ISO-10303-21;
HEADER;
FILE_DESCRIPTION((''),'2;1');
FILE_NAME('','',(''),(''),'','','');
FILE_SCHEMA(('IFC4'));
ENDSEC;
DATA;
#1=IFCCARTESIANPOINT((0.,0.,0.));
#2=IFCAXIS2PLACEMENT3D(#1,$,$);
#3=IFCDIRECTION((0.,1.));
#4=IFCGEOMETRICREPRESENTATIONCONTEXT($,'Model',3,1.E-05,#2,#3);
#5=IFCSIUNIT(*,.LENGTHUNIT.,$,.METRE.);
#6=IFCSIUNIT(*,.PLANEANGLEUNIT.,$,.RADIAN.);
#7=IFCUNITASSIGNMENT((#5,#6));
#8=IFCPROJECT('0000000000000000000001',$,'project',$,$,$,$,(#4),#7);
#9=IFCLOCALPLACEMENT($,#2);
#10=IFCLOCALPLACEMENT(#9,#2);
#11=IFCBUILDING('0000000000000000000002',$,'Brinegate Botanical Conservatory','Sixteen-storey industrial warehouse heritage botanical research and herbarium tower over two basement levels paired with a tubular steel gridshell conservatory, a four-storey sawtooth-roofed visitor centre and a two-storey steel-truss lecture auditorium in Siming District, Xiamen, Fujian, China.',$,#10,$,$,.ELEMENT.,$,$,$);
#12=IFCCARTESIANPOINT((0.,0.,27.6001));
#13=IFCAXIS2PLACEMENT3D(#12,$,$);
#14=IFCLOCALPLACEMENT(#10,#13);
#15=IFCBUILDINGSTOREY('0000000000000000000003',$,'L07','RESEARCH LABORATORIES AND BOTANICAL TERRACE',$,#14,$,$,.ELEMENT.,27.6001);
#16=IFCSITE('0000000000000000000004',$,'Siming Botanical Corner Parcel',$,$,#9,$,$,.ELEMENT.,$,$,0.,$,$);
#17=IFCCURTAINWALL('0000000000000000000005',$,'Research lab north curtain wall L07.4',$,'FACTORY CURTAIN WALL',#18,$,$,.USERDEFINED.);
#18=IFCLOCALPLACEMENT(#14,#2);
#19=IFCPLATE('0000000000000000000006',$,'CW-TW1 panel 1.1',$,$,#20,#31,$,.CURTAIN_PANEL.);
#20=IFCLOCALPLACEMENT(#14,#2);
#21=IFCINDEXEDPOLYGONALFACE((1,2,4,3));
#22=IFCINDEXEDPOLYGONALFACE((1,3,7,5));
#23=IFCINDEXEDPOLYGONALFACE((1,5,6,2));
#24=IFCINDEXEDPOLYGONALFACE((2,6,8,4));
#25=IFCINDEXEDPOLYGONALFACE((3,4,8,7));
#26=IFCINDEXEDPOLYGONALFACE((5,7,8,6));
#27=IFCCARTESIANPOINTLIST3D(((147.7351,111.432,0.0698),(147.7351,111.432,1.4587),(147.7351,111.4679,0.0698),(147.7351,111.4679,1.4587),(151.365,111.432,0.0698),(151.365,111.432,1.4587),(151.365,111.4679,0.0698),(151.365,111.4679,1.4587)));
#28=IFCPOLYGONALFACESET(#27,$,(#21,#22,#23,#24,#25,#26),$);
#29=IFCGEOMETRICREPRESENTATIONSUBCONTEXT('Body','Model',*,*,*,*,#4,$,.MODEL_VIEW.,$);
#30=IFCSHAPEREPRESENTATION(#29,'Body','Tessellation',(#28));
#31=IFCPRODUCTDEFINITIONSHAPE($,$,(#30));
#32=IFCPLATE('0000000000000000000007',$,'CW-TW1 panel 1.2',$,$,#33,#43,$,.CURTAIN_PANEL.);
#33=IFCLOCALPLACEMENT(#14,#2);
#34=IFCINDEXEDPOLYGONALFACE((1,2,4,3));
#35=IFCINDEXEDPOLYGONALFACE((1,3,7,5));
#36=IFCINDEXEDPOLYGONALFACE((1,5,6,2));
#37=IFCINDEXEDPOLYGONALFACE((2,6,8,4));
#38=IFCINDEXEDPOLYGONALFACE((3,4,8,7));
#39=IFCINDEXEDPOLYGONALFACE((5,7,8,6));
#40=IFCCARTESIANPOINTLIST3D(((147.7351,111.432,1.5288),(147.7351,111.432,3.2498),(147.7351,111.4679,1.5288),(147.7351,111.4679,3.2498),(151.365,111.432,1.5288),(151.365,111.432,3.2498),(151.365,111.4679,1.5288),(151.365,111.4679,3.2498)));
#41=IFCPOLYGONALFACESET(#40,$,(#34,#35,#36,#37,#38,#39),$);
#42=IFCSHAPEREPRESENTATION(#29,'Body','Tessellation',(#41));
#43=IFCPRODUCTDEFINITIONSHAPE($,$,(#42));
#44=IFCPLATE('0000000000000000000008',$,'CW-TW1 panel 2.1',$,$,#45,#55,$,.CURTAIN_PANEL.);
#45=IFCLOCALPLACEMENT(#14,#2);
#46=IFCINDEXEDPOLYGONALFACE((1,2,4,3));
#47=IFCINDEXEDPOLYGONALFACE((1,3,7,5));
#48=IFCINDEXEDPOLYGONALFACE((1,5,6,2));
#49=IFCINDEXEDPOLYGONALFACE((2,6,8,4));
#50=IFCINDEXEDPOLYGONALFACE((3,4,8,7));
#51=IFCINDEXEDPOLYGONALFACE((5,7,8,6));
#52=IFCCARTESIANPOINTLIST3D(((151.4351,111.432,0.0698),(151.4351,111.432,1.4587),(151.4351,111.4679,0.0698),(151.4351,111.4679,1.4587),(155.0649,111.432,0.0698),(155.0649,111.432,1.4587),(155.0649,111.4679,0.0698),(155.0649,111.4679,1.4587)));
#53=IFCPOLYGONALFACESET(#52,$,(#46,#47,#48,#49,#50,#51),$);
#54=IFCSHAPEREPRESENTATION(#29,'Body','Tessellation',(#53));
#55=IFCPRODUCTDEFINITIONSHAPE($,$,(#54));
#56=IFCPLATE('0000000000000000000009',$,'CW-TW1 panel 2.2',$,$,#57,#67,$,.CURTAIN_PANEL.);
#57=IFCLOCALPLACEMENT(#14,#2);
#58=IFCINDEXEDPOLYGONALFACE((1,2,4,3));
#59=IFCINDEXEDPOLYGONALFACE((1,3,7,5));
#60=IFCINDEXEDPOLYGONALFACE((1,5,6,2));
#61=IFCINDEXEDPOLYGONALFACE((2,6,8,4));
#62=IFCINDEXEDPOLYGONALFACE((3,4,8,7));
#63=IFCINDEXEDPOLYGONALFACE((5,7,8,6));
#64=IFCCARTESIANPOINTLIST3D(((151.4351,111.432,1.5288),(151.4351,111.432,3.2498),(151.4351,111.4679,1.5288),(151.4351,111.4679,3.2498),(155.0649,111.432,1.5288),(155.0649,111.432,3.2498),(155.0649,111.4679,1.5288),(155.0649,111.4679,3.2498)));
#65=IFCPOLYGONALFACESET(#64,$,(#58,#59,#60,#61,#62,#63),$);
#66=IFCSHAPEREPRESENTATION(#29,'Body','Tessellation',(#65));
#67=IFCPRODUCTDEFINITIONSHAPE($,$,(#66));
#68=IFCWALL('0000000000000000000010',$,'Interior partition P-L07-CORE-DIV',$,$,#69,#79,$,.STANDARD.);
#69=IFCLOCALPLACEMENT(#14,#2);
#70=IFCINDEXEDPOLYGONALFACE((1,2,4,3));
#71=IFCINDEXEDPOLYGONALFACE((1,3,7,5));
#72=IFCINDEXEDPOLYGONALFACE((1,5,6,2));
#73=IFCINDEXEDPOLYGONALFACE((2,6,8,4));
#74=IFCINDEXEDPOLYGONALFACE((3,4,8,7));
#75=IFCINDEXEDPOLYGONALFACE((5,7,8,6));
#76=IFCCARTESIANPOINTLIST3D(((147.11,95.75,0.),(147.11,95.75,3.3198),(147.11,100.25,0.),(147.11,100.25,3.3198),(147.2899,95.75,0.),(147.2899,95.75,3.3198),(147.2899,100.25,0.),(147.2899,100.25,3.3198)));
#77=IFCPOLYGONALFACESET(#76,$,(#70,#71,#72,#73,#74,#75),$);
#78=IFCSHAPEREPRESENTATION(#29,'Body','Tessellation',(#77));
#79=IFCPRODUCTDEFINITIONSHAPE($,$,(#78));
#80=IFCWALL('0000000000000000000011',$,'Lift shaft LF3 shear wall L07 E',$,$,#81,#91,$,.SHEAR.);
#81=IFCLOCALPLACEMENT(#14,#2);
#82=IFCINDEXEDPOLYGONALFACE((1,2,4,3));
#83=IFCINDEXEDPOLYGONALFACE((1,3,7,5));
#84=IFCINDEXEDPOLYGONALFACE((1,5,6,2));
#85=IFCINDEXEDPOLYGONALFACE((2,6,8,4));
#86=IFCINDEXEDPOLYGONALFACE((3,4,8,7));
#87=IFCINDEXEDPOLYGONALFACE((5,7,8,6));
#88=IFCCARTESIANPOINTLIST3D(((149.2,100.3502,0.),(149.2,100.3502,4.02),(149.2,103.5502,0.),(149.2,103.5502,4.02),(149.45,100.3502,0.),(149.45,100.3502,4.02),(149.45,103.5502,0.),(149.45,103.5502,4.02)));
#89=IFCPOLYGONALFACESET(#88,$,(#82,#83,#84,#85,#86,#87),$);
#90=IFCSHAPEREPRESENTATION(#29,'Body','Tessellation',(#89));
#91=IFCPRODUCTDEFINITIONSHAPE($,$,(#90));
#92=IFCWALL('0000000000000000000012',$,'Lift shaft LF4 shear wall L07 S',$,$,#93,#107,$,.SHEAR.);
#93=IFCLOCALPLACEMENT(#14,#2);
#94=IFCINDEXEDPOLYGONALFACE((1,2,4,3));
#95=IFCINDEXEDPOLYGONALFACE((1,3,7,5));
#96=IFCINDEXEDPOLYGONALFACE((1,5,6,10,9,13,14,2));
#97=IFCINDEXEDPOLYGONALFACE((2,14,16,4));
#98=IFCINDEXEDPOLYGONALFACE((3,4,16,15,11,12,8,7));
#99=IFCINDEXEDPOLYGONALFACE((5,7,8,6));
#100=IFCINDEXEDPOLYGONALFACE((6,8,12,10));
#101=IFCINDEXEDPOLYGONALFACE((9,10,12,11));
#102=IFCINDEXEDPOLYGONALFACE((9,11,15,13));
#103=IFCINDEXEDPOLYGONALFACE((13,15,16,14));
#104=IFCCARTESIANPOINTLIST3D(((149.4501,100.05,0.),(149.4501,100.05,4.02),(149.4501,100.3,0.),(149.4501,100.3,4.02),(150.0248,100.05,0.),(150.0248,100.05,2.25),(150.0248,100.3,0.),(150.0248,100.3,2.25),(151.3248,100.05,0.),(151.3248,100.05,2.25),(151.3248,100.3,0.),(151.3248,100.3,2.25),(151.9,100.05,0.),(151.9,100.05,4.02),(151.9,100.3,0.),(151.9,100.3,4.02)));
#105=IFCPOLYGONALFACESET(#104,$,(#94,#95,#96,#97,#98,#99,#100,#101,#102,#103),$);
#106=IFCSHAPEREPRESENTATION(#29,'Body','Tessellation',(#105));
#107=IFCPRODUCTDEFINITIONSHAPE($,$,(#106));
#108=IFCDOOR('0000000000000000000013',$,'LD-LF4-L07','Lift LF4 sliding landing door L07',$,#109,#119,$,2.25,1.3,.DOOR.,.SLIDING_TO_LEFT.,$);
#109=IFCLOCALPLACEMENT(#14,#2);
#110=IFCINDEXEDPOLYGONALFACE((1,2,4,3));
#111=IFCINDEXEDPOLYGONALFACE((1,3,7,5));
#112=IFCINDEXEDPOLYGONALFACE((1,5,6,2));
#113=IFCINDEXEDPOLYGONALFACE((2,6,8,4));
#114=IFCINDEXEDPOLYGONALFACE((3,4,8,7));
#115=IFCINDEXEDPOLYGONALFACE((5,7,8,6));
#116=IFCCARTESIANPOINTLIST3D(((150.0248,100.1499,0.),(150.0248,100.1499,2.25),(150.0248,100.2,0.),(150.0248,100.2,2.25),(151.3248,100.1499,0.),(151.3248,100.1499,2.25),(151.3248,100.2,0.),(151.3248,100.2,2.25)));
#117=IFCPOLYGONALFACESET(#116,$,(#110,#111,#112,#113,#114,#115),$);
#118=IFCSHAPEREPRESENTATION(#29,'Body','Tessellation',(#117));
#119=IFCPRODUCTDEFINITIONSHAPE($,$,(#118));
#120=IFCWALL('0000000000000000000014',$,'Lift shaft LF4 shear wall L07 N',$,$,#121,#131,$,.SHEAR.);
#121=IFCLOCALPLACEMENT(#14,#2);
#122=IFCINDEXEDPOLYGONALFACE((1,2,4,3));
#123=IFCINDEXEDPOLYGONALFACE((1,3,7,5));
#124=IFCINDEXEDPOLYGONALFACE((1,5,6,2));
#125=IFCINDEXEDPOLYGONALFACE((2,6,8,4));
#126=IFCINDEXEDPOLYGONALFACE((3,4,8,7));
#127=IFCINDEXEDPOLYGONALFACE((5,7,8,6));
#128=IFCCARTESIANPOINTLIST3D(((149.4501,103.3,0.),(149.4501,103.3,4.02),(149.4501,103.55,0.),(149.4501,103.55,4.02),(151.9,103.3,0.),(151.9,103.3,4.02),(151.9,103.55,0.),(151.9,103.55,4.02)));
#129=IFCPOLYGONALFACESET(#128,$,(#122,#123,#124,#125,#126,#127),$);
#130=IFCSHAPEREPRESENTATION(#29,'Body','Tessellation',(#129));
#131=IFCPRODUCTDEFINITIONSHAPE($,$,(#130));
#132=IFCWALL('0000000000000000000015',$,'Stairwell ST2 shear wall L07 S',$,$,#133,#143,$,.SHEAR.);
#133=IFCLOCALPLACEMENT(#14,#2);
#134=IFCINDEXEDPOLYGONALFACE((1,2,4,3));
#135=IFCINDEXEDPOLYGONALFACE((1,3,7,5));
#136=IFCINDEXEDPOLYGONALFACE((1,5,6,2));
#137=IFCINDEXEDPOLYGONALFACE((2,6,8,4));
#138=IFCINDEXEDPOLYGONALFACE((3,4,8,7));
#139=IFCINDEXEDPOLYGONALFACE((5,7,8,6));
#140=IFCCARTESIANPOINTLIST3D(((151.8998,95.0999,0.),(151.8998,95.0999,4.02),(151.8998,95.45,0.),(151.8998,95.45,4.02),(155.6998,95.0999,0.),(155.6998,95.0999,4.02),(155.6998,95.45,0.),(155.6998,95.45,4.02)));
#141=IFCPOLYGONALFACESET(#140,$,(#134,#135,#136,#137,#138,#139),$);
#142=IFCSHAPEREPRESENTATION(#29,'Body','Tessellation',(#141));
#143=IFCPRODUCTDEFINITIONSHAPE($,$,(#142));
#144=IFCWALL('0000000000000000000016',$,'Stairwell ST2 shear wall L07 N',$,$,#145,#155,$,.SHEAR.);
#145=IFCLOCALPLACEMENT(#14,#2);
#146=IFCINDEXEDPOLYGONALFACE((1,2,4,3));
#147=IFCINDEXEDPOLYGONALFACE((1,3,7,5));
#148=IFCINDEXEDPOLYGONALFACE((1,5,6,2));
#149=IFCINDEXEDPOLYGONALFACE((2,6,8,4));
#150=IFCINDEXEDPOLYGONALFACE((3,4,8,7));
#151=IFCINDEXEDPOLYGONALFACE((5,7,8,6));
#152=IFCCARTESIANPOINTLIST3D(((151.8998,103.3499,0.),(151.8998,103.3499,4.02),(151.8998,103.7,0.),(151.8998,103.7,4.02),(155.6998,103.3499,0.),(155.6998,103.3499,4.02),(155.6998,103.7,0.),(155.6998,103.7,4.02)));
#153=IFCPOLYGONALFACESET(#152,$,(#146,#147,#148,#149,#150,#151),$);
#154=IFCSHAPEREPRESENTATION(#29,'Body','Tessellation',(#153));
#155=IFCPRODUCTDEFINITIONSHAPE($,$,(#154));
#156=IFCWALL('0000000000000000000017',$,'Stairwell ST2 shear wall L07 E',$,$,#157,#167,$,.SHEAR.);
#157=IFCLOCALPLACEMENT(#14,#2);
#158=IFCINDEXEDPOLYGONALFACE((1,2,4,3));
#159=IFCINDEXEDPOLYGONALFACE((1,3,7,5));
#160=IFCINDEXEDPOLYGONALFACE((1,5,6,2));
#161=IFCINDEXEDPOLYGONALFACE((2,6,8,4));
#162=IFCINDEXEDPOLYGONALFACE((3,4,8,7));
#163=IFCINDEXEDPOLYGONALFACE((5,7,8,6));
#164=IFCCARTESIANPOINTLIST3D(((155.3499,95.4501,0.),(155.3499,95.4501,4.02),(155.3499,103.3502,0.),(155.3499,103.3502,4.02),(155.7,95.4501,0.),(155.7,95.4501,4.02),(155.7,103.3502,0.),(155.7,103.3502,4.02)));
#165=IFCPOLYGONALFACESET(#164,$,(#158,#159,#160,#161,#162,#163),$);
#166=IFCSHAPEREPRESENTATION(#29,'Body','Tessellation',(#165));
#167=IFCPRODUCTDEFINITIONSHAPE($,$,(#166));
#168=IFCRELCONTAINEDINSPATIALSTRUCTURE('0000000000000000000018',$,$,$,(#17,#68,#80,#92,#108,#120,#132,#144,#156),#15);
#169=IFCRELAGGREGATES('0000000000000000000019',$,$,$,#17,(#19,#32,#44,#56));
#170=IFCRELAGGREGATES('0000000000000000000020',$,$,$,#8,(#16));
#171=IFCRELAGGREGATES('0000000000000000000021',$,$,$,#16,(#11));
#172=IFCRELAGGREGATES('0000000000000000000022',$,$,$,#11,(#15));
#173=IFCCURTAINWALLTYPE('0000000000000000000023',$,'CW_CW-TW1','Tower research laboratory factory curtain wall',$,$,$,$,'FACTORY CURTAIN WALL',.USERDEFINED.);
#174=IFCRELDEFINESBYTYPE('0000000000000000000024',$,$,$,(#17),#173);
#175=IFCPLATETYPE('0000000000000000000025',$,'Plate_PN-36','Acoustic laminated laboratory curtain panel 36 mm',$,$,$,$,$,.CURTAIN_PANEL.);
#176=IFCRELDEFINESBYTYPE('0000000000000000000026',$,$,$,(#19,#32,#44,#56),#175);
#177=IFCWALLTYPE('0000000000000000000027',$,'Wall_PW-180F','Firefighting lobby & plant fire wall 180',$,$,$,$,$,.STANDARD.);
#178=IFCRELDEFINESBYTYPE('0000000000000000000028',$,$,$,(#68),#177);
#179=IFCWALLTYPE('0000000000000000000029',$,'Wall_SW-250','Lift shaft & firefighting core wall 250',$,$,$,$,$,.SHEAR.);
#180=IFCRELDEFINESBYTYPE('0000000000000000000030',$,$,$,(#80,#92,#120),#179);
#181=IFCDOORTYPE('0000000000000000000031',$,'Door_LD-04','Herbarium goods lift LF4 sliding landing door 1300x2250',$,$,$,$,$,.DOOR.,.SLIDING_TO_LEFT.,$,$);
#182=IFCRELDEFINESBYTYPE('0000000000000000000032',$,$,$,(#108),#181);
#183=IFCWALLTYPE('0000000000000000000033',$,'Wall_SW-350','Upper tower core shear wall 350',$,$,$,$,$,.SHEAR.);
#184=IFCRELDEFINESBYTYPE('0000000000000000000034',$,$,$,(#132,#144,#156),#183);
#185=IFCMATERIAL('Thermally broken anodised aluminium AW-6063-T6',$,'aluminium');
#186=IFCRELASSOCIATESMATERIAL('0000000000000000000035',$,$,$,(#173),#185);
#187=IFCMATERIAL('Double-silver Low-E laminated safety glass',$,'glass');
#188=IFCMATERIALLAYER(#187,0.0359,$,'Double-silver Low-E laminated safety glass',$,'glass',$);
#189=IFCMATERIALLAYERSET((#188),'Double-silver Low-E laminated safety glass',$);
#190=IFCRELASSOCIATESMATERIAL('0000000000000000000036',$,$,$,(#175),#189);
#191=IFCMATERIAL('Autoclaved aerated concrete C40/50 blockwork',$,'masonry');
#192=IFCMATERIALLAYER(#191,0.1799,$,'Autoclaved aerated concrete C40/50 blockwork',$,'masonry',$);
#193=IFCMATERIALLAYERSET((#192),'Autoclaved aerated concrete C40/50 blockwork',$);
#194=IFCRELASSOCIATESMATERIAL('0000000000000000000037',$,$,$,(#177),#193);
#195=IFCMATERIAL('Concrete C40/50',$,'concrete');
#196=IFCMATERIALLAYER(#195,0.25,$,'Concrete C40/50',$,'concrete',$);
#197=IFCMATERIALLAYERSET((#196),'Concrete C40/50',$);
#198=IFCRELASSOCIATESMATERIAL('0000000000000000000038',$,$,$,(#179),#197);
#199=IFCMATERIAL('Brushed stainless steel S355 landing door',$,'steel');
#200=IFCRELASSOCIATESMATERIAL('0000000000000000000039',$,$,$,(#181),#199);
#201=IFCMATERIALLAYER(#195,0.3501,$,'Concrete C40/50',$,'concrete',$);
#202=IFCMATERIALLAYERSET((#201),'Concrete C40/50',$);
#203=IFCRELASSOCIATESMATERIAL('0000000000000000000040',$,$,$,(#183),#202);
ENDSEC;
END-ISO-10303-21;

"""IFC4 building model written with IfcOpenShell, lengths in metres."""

from ifc_helpers import new_model, si_unit, direction, frame, frame_2d, origin, origin_2d, place, context, subcontext, project, spatial, rectangle, extrude, material, layer, layer_set, type_object, element, fill, aggregate, save


model = new_model("IFC4")

# Units and contexts
model_context = context("Model", 3, precision=1e-05, world=origin(), true_north=direction((0.0, 1.0)))
body_context = subcontext(model_context, "Body", "Model", "MODEL_VIEW")
ifc_project = project(units=[si_unit("LENGTHUNIT", "METRE"), si_unit("PLANEANGLEUNIT", "RADIAN")], contexts=[model_context])

# Site, building, storey
site_placement = place(None, origin())
site = spatial("IfcSite", under=ifc_project, at=site_placement, Name="Siming Botanical Corner Parcel", CompositionType="ELEMENT", RefElevation=0.0)
building_placement = place(site_placement, origin())
building = spatial("IfcBuilding", under=site, at=building_placement, Name="Brinegate Botanical Conservatory", Description="Sixteen-storey industrial warehouse heritage botanical research and herbarium tower over two basement levels paired with a tubular steel gridshell conservatory, a four-storey sawtooth-roofed visitor centre and a two-storey steel-truss lecture auditorium in Siming District, Xiamen, Fujian, China.", CompositionType="ELEMENT")
storey_placement = place(building_placement, frame((0.0, 0.0, 27.6001)))
storey = spatial("IfcBuildingStorey", under=building, at=storey_placement, Name="L07", Description="RESEARCH LABORATORIES AND BOTANICAL TERRACE", CompositionType="ELEMENT", Elevation=27.6001)

# Shared definitions
ifc_material_1 = material(Name="Concrete C40/50", Category="concrete")

# Curtain wall, plates
ifc_material_2 = material(Name="Thermally broken anodised aluminium AW-6063-T6", Category="aluminium")
curtain_wall_type = type_object("IfcCurtainWallType", Name="CW_CW-TW1", Description="Tower research laboratory factory curtain wall", ElementType="FACTORY CURTAIN WALL", PredefinedType="USERDEFINED", material=ifc_material_2)
curtain_wall_placement = place(storey_placement, origin())
curtain_wall = element("IfcCurtainWall", 1, at=curtain_wall_placement, inside=storey, type_object=curtain_wall_type, Name="Research lab north curtain wall L07.4", ObjectType="FACTORY CURTAIN WALL", PredefinedType="USERDEFINED")
ifc_material_3 = material(Name="Double-silver Low-E laminated safety glass", Category="glass")
ifc_layer_1 = layer(ifc_material_3, 0.0359, Name="Double-silver Low-E laminated safety glass", Category="glass")
ifc_layer_set_1 = layer_set([ifc_layer_1], Name="Double-silver Low-E laminated safety glass")
plate_type = type_object("IfcPlateType", Name="Plate_PN-36", Description="Acoustic laminated laboratory curtain panel 36 mm", PredefinedType="CURTAIN_PANEL", material=ifc_layer_set_1)
plate_1_placement = place(storey_placement, frame((149.55, 111.45, 0.0698), z_axis=(0.0, 0.0, 1.0), x_axis=(1.0, 0.0, 0.0)))
plate_1 = element("IfcPlate", 2, at=plate_1_placement, type_object=plate_type, Name="CW-TW1 panel 1.1", PredefinedType="CURTAIN_PANEL", context=body_context, shape_type="SweptSolid", body=[
    extrude(rectangle(XDim=3.6299, YDim=0.0359, at=origin_2d()), origin(), (0.0, 0.0, 1.0), 1.3889),
])
plate_2_placement = place(storey_placement, frame((149.55, 111.45, 1.5288), z_axis=(0.0, 0.0, 1.0), x_axis=(1.0, 0.0, 0.0)))
plate_2 = element("IfcPlate", 3, at=plate_2_placement, type_object=plate_type, Name="CW-TW1 panel 1.2", PredefinedType="CURTAIN_PANEL", context=body_context, shape_type="SweptSolid", body=[
    extrude(rectangle(XDim=3.6299, YDim=0.0359, at=origin_2d()), origin(), (0.0, 0.0, 1.0), 1.7209),
])
plate_3_placement = place(storey_placement, frame((153.25, 111.45, 0.0698), z_axis=(0.0, 0.0, 1.0), x_axis=(1.0, 0.0, 0.0)))
plate_3 = element("IfcPlate", 4, at=plate_3_placement, type_object=plate_type, Name="CW-TW1 panel 2.1", PredefinedType="CURTAIN_PANEL", context=body_context, shape_type="SweptSolid", body=[
    extrude(rectangle(XDim=3.6299, YDim=0.0359, at=origin_2d()), origin(), (0.0, 0.0, 1.0), 1.3889),
])
plate_4_placement = place(storey_placement, frame((153.25, 111.45, 1.5288), z_axis=(0.0, 0.0, 1.0), x_axis=(1.0, 0.0, 0.0)))
plate_4 = element("IfcPlate", 5, at=plate_4_placement, type_object=plate_type, Name="CW-TW1 panel 2.2", PredefinedType="CURTAIN_PANEL", context=body_context, shape_type="SweptSolid", body=[
    extrude(rectangle(XDim=3.6299, YDim=0.0359, at=origin_2d()), origin(), (0.0, 0.0, 1.0), 1.7209),
])
aggregate(curtain_wall, [plate_1, plate_2, plate_3, plate_4])

# Walls
ifc_material_4 = material(Name="Autoclaved aerated concrete C40/50 blockwork", Category="masonry")
ifc_layer_2 = layer(ifc_material_4, 0.1799, Name="Autoclaved aerated concrete C40/50 blockwork", Category="masonry")
ifc_layer_set_2 = layer_set([ifc_layer_2], Name="Autoclaved aerated concrete C40/50 blockwork")
wall_type_1 = type_object("IfcWallType", Name="Wall_PW-180F", Description="Firefighting lobby & plant fire wall 180", PredefinedType="STANDARD", material=ifc_layer_set_2)
wall_1_placement = place(storey_placement, frame((147.2, 95.75, 0.0), z_axis=(0.0, 0.0, 1.0), x_axis=(0.0, 1.0, 0.0)))
element("IfcWall", 6, at=wall_1_placement, inside=storey, type_object=wall_type_1, Name="Interior partition P-L07-CORE-DIV", PredefinedType="STANDARD", context=body_context, shape_type="SweptSolid", body=[
    extrude(rectangle(XDim=4.5, YDim=0.1799, at=frame_2d((2.25, 0.0))), origin(), (0.0, 0.0, 1.0), 3.3198),
])
ifc_layer_3 = layer(ifc_material_1, 0.25, Name="Concrete C40/50", Category="concrete")
ifc_layer_set_3 = layer_set([ifc_layer_3], Name="Concrete C40/50")
wall_type_2 = type_object("IfcWallType", Name="Wall_SW-250", Description="Lift shaft & firefighting core wall 250", PredefinedType="SHEAR", material=ifc_layer_set_3)
wall_2_placement = place(storey_placement, frame((149.325, 100.3501, 0.0), z_axis=(0.0, 0.0, 1.0), x_axis=(0.0, 1.0, 0.0)))
element("IfcWall", 7, at=wall_2_placement, inside=storey, type_object=wall_type_2, Name="Lift shaft LF3 shear wall L07 E", PredefinedType="SHEAR", context=body_context, shape_type="SweptSolid", body=[
    extrude(rectangle(XDim=3.2, YDim=0.25, at=frame_2d((1.6001, 0.0))), origin(), (0.0, 0.0, 1.0), 4.02),
])

# Wall, opening, door
wall_3_placement = place(storey_placement, frame((149.45, 100.175, 0.0), z_axis=(0.0, 0.0, 1.0), x_axis=(1.0, 0.0, 0.0)))
wall_3 = element("IfcWall", 8, at=wall_3_placement, inside=storey, type_object=wall_type_2, Name="Lift shaft LF4 shear wall L07 S", PredefinedType="SHEAR", context=body_context, shape_type="SweptSolid", body=[
    extrude(rectangle(XDim=2.45, YDim=0.25, at=frame_2d((1.2251, 0.0))), origin(), (0.0, 0.0, 1.0), 4.02),
])
opening_1_placement = place(wall_3_placement, frame((0.575, 0.0, 0.0)))
opening_1 = element("IfcOpeningElement", 9, at=opening_1_placement, cuts=wall_3, PredefinedType="OPENING", context=body_context, shape_type="SweptSolid", body=[
    extrude(rectangle(XDim=1.3, YDim=2.25, at=frame_2d((0.6499, 1.125))), frame((0.0, 0.135, 0.0), z_axis=(0.0, -1.0, 0.0), x_axis=(1.0, 0.0, 0.0)), (0.0, 0.0, 1.0), 0.27),
])
ifc_material_5 = material(Name="Brushed stainless steel S355 landing door", Category="steel")
door_type_1 = type_object("IfcDoorType", Name="Door_LD-04", Description="Herbarium goods lift LF4 sliding landing door 1300x2250", OperationType="SLIDING_TO_LEFT", PredefinedType="DOOR", material=ifc_material_5)
door_1_placement = place(opening_1_placement, origin())
door_1 = element("IfcDoor", 10, at=door_1_placement, inside=storey, type_object=door_type_1, Name="LD-LF4-L07", Description="Lift LF4 sliding landing door L07", OperationType="SLIDING_TO_LEFT", OverallHeight=2.25, OverallWidth=1.3, PredefinedType="DOOR", context=body_context, shape_type="SweptSolid", body=[
    extrude(rectangle(XDim=1.3, YDim=2.25, at=frame_2d((0.6499, 1.125))), frame((0.0, 0.0249, 0.0), z_axis=(0.0, -1.0, 0.0), x_axis=(1.0, 0.0, 0.0)), (0.0, 0.0, 1.0), 0.05),
])
fill(opening_1, door_1)

# Walls
wall_4_placement = place(storey_placement, frame((149.45, 103.425, 0.0), z_axis=(0.0, 0.0, 1.0), x_axis=(1.0, 0.0, 0.0)))
element("IfcWall", 11, at=wall_4_placement, inside=storey, type_object=wall_type_2, Name="Lift shaft LF4 shear wall L07 N", PredefinedType="SHEAR", context=body_context, shape_type="SweptSolid", body=[
    extrude(rectangle(XDim=2.45, YDim=0.25, at=frame_2d((1.2251, 0.0))), origin(), (0.0, 0.0, 1.0), 4.02),
])
ifc_layer_4 = layer(ifc_material_1, 0.3501, Name="Concrete C40/50", Category="concrete")
ifc_layer_set_4 = layer_set([ifc_layer_4], Name="Concrete C40/50")
wall_type_3 = type_object("IfcWallType", Name="Wall_SW-350", Description="Upper tower core shear wall 350", PredefinedType="SHEAR", material=ifc_layer_set_4)
for number, where, z_axis, x_axis, name in (
    (12, (151.8999, 95.2749, 0.0), (0.0, 0.0, 1.0), (1.0, 0.0, 0.0), "Stairwell ST2 shear wall L07 S"),
    (13, (151.8999, 103.5249, 0.0), (0.0, 0.0, 1.0), (1.0, 0.0, 0.0), "Stairwell ST2 shear wall L07 N"),
):
    element("IfcWall", number, at=place(storey_placement, frame(where, z_axis=z_axis, x_axis=x_axis)), inside=storey, type_object=wall_type_3, Name=name, PredefinedType="SHEAR", context=body_context, shape_type="SweptSolid", body=[
        extrude(rectangle(XDim=3.8, YDim=0.3501, at=frame_2d((1.8999, 0.0))), origin(), (0.0, 0.0, 1.0), 4.02),
    ])

# Wall
wall_5_placement = place(storey_placement, frame((155.5249, 95.45, 0.0), z_axis=(0.0, 0.0, 1.0), x_axis=(0.0, 1.0, 0.0)))
element("IfcWall", 14, at=wall_5_placement, inside=storey, type_object=wall_type_3, Name="Stairwell ST2 shear wall L07 E", PredefinedType="SHEAR", context=body_context, shape_type="SweptSolid", body=[
    extrude(rectangle(XDim=7.9001, YDim=0.3501, at=frame_2d((3.9502, 0.0))), origin(), (0.0, 0.0, 1.0), 4.02),
])

save(model, "model.ifc")
